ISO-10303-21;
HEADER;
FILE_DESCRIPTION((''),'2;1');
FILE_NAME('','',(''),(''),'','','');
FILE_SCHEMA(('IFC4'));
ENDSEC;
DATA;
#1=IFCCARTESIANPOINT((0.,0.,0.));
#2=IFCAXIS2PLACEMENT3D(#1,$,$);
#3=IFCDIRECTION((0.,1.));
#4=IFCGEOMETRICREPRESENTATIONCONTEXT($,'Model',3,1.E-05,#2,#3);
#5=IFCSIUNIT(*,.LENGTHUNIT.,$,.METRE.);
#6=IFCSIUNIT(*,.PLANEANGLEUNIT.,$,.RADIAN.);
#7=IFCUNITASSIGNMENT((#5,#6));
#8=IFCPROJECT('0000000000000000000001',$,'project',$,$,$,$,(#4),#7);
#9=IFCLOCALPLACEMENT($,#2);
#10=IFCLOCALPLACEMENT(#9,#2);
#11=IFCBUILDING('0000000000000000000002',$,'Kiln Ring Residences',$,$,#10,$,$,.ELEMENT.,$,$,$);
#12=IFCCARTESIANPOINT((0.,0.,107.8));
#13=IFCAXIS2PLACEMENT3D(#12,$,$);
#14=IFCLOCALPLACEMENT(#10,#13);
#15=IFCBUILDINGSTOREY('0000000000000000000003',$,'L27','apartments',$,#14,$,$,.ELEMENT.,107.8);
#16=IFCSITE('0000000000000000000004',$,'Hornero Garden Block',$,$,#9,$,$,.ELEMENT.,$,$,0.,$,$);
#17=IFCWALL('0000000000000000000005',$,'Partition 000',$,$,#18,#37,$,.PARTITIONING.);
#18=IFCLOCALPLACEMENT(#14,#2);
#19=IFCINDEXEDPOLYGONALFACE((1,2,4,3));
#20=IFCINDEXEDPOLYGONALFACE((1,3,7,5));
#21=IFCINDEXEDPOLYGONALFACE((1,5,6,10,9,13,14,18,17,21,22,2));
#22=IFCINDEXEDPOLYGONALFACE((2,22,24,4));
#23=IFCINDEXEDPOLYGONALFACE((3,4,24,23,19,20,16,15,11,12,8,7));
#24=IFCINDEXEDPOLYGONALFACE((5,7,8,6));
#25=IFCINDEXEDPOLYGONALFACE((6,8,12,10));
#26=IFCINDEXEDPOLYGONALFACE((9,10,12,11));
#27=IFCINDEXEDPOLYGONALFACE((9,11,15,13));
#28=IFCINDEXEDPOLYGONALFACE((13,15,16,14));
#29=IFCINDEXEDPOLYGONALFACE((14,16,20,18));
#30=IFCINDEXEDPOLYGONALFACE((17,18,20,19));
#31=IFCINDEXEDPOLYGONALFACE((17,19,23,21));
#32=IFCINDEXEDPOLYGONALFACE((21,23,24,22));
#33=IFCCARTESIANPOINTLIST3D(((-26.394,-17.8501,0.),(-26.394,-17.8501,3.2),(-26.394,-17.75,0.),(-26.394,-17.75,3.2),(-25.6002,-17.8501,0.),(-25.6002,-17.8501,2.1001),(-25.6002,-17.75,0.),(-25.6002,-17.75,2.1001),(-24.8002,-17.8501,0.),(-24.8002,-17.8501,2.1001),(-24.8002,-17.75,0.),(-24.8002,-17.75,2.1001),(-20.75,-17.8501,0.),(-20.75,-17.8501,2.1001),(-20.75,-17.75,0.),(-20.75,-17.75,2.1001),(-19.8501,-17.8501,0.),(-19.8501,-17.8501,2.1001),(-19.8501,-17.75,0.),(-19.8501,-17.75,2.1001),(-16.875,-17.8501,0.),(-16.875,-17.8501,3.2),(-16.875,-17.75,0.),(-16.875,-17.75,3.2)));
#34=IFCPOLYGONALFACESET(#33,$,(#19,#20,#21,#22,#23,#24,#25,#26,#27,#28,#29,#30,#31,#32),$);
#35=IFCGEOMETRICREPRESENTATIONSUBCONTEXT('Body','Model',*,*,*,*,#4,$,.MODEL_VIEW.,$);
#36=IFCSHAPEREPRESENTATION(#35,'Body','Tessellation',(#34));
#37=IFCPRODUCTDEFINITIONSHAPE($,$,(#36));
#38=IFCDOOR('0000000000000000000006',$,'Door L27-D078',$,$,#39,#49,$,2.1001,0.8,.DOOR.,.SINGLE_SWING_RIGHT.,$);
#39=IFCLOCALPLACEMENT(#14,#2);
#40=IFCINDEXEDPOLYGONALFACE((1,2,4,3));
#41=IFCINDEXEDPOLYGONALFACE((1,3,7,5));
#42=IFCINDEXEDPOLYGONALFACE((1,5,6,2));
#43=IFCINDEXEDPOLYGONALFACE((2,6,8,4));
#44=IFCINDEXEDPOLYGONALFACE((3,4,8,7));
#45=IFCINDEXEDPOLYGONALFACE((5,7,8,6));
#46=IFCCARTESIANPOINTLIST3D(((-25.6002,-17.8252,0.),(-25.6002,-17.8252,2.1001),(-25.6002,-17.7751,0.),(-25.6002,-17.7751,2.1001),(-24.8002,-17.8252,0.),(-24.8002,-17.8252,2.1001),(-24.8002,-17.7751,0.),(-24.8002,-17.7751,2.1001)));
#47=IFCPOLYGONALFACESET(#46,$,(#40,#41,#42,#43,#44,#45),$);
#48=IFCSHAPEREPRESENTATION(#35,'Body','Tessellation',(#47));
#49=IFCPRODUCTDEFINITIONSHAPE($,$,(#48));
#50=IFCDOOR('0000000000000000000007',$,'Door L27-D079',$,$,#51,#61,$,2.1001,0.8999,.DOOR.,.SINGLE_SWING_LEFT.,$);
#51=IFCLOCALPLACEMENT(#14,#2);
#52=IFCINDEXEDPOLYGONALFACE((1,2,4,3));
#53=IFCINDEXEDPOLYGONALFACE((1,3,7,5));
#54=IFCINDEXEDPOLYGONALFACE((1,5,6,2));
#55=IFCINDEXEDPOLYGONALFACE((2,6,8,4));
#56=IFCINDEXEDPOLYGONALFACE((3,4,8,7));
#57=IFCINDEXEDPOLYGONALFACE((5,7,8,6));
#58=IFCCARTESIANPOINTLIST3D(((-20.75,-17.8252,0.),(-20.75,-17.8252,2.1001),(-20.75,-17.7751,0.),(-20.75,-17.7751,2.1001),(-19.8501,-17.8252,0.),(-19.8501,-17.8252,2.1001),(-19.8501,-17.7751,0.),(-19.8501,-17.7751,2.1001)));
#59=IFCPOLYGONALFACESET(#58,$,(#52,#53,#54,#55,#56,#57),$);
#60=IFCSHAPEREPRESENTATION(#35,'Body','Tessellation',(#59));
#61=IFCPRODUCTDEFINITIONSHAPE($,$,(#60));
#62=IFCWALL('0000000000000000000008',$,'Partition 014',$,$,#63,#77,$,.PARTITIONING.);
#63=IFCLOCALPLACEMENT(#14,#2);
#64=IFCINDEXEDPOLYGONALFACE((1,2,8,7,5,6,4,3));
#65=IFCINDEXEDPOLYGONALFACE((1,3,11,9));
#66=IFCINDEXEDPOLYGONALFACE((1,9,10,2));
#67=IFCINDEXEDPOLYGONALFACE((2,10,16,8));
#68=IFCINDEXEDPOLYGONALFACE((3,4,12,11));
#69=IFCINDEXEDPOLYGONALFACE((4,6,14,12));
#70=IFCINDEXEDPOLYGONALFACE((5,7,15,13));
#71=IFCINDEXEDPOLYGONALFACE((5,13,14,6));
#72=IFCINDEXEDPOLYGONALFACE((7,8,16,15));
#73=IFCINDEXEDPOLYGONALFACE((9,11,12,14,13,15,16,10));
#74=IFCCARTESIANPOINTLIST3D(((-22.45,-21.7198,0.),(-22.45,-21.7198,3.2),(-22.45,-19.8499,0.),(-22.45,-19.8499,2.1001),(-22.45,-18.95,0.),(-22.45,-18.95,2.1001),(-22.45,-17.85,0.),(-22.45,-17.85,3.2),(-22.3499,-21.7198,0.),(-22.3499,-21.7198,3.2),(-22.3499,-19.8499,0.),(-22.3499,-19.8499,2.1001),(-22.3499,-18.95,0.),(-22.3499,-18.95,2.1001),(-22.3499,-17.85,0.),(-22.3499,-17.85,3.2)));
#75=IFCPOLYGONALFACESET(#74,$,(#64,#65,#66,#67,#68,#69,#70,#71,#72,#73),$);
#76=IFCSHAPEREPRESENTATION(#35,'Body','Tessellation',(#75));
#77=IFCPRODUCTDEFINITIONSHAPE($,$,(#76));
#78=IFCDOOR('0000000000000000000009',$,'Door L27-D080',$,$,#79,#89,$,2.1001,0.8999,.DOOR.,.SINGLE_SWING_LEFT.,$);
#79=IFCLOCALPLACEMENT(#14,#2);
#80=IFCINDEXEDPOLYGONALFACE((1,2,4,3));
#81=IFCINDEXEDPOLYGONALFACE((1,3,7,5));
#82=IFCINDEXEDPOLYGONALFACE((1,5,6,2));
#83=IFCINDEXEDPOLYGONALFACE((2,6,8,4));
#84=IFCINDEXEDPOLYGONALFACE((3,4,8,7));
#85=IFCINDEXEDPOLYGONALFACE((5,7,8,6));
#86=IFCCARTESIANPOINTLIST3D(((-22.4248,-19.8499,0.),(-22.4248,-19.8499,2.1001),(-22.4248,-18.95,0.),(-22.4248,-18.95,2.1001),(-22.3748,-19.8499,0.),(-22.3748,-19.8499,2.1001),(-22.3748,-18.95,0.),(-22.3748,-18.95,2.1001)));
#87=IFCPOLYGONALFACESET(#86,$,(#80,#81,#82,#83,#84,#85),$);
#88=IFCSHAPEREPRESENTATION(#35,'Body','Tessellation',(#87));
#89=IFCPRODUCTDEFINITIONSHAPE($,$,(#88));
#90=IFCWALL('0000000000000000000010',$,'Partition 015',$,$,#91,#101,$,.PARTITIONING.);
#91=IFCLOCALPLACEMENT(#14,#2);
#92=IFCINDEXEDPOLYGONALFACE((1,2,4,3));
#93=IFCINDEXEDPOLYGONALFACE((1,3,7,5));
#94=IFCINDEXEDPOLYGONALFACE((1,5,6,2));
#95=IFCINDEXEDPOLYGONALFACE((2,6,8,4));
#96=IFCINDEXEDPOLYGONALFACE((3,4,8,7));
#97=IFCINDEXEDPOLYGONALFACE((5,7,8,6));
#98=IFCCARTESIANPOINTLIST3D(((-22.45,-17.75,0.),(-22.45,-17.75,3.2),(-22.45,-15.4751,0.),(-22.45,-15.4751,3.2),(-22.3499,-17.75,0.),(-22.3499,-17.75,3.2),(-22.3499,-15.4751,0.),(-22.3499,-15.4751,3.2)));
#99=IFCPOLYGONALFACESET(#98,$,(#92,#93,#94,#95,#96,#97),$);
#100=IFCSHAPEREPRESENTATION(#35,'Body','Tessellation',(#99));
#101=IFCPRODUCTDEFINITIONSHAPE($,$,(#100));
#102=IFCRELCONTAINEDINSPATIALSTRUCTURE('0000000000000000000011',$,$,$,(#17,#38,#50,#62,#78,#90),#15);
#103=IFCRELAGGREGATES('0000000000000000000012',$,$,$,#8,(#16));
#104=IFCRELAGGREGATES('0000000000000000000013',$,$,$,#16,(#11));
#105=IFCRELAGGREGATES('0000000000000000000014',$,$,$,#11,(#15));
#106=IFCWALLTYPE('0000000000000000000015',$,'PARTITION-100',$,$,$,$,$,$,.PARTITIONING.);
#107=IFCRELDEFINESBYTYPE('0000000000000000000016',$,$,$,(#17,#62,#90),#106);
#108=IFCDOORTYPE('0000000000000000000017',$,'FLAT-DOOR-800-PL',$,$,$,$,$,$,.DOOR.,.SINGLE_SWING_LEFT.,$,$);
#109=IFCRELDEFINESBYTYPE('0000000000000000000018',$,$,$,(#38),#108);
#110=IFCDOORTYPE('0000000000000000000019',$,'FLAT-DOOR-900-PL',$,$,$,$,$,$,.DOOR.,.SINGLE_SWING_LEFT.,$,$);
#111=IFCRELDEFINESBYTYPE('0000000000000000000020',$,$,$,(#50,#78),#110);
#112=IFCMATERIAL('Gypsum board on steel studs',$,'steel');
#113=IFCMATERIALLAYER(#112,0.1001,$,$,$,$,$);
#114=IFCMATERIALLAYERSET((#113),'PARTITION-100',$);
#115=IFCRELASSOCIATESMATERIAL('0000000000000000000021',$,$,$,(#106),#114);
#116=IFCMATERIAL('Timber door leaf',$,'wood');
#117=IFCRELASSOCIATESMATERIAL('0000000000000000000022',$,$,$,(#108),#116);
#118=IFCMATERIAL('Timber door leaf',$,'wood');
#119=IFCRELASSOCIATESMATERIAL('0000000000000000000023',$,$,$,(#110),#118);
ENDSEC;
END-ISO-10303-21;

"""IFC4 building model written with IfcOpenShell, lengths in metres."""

from ifc_helpers import new_model, si_unit, direction, frame, frame_2d, origin, place, context, subcontext, project, spatial, rectangle, extrude, material, layer, layer_set, type_object, element, fill, save


model = new_model("IFC4")

# Units and contexts
model_context = context("Model", 3, precision=1e-05, world=origin(), true_north=direction((0.0, 1.0)))
body_context = subcontext(model_context, "Body", "Model", "MODEL_VIEW")
ifc_project = project(units=[si_unit("LENGTHUNIT", "METRE"), si_unit("PLANEANGLEUNIT", "RADIAN")], contexts=[model_context])

# Site, building, storey
site_placement = place(None, origin())
site = spatial("IfcSite", under=ifc_project, at=site_placement, Name="Hornero Garden Block", CompositionType="ELEMENT", RefElevation=0.0)
building_placement = place(site_placement, origin())
building = spatial("IfcBuilding", under=site, at=building_placement, Name="Kiln Ring Residences", CompositionType="ELEMENT")
storey_placement = place(building_placement, frame((0.0, 0.0, 107.8)))
storey = spatial("IfcBuildingStorey", under=building, at=storey_placement, Name="L27", Description="apartments", CompositionType="ELEMENT", Elevation=107.8)

# Wall, openings, doors
ifc_material_1 = material(Name="Gypsum board on steel studs", Category="steel")
ifc_layer_1 = layer(ifc_material_1, 0.1001)
ifc_layer_set_1 = layer_set([ifc_layer_1], Name="PARTITION-100")
wall_type_1 = type_object("IfcWallType", Name="PARTITION-100", PredefinedType="PARTITIONING", material=ifc_layer_set_1)
wall_1_placement = place(storey_placement, frame((-26.394, -17.8, 0.0), z_axis=(0.0, 0.0, 1.0), x_axis=(1.0, 0.0, 0.0)))
wall_1 = element("IfcWall", 1, at=wall_1_placement, inside=storey, type_object=wall_type_1, Name="Partition 000", PredefinedType="PARTITIONING", context=body_context, shape_type="SweptSolid", body=[
    extrude(rectangle(XDim=9.519, YDim=0.1001, at=frame_2d((4.7595, 0.0))), origin(), (0.0, 0.0, 1.0), 3.2),
])
opening_1_placement = place(wall_1_placement, frame((0.7939, 0.0, 0.0)))
opening_1 = element("IfcOpeningElement", 2, at=opening_1_placement, cuts=wall_1, PredefinedType="OPENING", context=body_context, shape_type="SweptSolid", body=[
    extrude(rectangle(XDim=0.8, YDim=2.1001, at=frame_2d((0.3999, 1.05))), frame((0.0, 0.0601, 0.0), z_axis=(0.0, -1.0, 0.0), x_axis=(1.0, 0.0, 0.0)), (0.0, 0.0, 1.0), 0.1201),
])
opening_2_placement = place(wall_1_placement, frame((5.644, 0.0, 0.0)))
opening_2 = element("IfcOpeningElement", 3, at=opening_2_placement, cuts=wall_1, PredefinedType="OPENING", context=body_context, shape_type="SweptSolid", body=[
    extrude(rectangle(XDim=0.8999, YDim=2.1001, at=frame_2d((0.45, 1.05))), frame((0.0, 0.0601, 0.0), z_axis=(0.0, -1.0, 0.0), x_axis=(1.0, 0.0, 0.0)), (0.0, 0.0, 1.0), 0.1201),
])
ifc_material_2 = material(Name="Timber door leaf", Category="wood")
door_type_1 = type_object("IfcDoorType", Name="FLAT-DOOR-800-PL", OperationType="SINGLE_SWING_LEFT", PredefinedType="DOOR", material=ifc_material_2)
door_1_placement = place(opening_1_placement, origin())
door_1 = element("IfcDoor", 4, at=door_1_placement, inside=storey, type_object=door_type_1, Name="Door L27-D078", OperationType="SINGLE_SWING_RIGHT", OverallHeight=2.1001, OverallWidth=0.8, PredefinedType="DOOR", context=body_context, shape_type="SweptSolid", body=[
    extrude(rectangle(XDim=0.8, YDim=2.1001, at=frame_2d((0.3999, 1.05))), frame((0.0, 0.0249, 0.0), z_axis=(0.0, -1.0, 0.0), x_axis=(1.0, 0.0, 0.0)), (0.0, 0.0, 1.0), 0.05),
])
fill(opening_1, door_1)
ifc_material_3 = material(Name="Timber door leaf", Category="wood")
door_type_2 = type_object("IfcDoorType", Name="FLAT-DOOR-900-PL", OperationType="SINGLE_SWING_LEFT", PredefinedType="DOOR", material=ifc_material_3)
door_2_placement = place(opening_2_placement, origin())
door_2 = element("IfcDoor", 5, at=door_2_placement, inside=storey, type_object=door_type_2, Name="Door L27-D079", OperationType="SINGLE_SWING_LEFT", OverallHeight=2.1001, OverallWidth=0.8999, PredefinedType="DOOR", context=body_context, shape_type="SweptSolid", body=[
    extrude(rectangle(XDim=0.8999, YDim=2.1001, at=frame_2d((0.45, 1.05))), frame((0.0, 0.0249, 0.0), z_axis=(0.0, -1.0, 0.0), x_axis=(1.0, 0.0, 0.0)), (0.0, 0.0, 1.0), 0.05),
])
fill(opening_2, door_2)

# Wall, opening, door
wall_2_placement = place(storey_placement, frame((-22.3999, -21.72, 0.0), z_axis=(0.0, 0.0, 1.0), x_axis=(0.0, 1.0, 0.0)))
wall_2 = element("IfcWall", 6, at=wall_2_placement, inside=storey, type_object=wall_type_1, Name="Partition 014", PredefinedType="PARTITIONING", context=body_context, shape_type="SweptSolid", body=[
    extrude(rectangle(XDim=3.8699, YDim=0.1001, at=frame_2d((1.9351, 0.0))), origin(), (0.0, 0.0, 1.0), 3.2),
])
opening_3_placement = place(wall_2_placement, frame((1.8701, 0.0, 0.0)))
opening_3 = element("IfcOpeningElement", 7, at=opening_3_placement, cuts=wall_2, PredefinedType="OPENING", context=body_context, shape_type="SweptSolid", body=[
    extrude(rectangle(XDim=0.8999, YDim=2.1001, at=frame_2d((0.45, 1.05))), frame((0.0, 0.0601, 0.0), z_axis=(0.0, -1.0, 0.0), x_axis=(1.0, 0.0, 0.0)), (0.0, 0.0, 1.0), 0.1201),
])
door_3_placement = place(opening_3_placement, origin())
door_3 = element("IfcDoor", 8, at=door_3_placement, inside=storey, type_object=door_type_2, Name="Door L27-D080", OperationType="SINGLE_SWING_LEFT", OverallHeight=2.1001, OverallWidth=0.8999, PredefinedType="DOOR", context=body_context, shape_type="SweptSolid", body=[
    extrude(rectangle(XDim=0.8999, YDim=2.1001, at=frame_2d((0.45, 1.05))), frame((0.0, 0.0249, 0.0), z_axis=(0.0, -1.0, 0.0), x_axis=(1.0, 0.0, 0.0)), (0.0, 0.0, 1.0), 0.05),
])
fill(opening_3, door_3)

# Wall
wall_3_placement = place(storey_placement, frame((-22.3999, -17.75, 0.0), z_axis=(0.0, 0.0, 1.0), x_axis=(0.0, 1.0, 0.0)))
element("IfcWall", 9, at=wall_3_placement, inside=storey, type_object=wall_type_1, Name="Partition 015", PredefinedType="PARTITIONING", context=body_context, shape_type="SweptSolid", body=[
    extrude(rectangle(XDim=2.2749, YDim=0.1001, at=frame_2d((1.1375, 0.0))), origin(), (0.0, 0.0, 1.0), 3.2),
])

save(model, "model.ifc")
